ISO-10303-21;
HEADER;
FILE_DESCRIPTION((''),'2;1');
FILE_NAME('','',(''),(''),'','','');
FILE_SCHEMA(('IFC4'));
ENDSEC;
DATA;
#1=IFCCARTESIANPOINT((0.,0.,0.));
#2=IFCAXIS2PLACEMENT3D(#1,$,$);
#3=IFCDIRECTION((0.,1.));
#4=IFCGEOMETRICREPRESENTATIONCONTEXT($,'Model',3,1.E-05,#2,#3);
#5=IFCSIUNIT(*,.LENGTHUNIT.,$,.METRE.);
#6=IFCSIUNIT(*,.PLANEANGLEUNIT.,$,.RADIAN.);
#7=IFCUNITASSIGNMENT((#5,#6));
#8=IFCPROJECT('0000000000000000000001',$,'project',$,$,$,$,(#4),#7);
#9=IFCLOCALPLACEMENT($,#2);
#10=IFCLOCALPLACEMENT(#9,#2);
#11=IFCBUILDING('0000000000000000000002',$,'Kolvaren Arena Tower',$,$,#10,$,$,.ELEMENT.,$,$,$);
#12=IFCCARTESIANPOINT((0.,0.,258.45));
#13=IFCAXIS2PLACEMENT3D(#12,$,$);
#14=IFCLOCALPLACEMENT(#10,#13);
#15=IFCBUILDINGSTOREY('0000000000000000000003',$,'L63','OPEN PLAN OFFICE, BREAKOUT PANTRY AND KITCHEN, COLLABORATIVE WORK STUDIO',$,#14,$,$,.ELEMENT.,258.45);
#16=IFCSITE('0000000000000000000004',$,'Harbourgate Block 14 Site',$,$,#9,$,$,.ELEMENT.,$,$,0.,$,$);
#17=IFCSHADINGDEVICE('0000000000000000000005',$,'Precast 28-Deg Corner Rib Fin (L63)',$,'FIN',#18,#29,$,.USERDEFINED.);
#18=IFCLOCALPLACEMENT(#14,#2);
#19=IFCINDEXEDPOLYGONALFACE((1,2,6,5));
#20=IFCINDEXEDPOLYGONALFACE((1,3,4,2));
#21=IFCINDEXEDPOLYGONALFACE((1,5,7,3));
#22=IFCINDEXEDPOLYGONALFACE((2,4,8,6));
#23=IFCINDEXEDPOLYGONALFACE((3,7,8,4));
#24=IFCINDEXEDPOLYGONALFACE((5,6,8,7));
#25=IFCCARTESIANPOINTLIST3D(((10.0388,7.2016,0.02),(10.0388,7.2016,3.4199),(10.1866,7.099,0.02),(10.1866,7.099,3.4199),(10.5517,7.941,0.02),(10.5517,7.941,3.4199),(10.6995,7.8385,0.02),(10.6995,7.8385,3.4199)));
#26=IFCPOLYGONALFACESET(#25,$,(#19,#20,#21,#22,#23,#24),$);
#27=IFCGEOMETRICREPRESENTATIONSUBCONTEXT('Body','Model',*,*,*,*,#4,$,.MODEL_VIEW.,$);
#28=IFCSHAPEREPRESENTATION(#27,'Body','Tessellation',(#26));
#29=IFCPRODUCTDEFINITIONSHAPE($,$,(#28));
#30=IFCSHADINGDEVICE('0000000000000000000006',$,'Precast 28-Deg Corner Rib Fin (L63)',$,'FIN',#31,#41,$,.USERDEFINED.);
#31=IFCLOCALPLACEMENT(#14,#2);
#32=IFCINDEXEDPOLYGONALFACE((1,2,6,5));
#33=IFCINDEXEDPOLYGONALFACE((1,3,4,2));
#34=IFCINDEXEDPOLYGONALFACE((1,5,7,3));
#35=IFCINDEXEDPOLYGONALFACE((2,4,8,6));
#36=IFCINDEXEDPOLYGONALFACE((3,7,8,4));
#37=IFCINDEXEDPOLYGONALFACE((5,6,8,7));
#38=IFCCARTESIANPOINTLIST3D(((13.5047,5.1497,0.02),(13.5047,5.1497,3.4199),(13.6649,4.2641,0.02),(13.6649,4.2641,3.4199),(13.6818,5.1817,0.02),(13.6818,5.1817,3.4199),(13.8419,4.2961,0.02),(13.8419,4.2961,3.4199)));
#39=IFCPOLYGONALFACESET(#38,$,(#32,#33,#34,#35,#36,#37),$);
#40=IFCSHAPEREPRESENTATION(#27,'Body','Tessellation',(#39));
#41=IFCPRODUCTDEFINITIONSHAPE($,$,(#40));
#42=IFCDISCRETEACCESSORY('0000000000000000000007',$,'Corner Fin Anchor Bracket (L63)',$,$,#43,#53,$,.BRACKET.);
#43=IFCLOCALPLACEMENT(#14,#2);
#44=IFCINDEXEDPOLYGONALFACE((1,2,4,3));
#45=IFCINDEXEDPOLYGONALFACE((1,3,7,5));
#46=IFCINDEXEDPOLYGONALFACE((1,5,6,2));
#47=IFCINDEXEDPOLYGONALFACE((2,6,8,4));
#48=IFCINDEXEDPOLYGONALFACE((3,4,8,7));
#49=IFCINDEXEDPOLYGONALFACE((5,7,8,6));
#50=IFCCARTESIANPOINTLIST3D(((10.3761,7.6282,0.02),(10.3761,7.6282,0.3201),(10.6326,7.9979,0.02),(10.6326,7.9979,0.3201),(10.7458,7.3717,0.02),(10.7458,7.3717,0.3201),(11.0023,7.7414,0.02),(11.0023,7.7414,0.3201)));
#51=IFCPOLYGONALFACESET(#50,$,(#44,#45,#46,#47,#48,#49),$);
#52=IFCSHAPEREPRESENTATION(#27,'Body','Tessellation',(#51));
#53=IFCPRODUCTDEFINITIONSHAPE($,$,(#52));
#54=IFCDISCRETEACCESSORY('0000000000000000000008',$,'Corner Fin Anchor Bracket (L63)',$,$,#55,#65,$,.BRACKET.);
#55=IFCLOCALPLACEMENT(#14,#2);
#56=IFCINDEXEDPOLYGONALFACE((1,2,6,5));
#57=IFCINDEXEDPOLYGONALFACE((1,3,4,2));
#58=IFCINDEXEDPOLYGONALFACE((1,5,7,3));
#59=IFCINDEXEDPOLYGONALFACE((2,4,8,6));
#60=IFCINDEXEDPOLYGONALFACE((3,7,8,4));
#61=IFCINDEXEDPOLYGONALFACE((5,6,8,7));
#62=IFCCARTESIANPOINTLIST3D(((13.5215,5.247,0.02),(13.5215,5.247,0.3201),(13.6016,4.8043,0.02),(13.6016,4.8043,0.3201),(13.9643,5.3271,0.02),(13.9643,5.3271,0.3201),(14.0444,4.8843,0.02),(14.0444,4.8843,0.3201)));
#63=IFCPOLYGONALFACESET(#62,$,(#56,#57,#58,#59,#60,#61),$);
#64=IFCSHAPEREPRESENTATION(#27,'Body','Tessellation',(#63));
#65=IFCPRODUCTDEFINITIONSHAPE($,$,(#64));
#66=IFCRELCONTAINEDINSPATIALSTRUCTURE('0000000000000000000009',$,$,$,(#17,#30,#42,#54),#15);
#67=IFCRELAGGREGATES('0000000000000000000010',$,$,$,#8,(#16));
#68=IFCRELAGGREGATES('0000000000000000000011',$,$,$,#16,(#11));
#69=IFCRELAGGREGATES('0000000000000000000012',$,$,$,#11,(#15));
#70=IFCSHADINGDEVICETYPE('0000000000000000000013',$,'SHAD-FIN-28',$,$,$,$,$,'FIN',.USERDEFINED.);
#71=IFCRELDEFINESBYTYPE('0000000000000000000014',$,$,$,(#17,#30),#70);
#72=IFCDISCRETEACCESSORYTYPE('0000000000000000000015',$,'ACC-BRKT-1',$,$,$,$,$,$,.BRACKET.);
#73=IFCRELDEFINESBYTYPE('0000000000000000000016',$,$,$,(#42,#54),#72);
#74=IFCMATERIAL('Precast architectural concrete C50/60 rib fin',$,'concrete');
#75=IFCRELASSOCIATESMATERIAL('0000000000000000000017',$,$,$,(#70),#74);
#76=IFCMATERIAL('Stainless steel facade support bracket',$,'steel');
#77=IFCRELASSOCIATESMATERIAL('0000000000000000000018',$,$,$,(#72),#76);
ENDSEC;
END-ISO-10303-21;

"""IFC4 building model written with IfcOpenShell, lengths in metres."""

from ifc_helpers import new_model, si_unit, direction, frame, origin, origin_2d, place, context, subcontext, project, spatial, rectangle, extrude, material, type_object, element, save


model = new_model("IFC4")

# Units and contexts
model_context = context("Model", 3, precision=1e-05, world=origin(), true_north=direction((0.0, 1.0)))
body_context = subcontext(model_context, "Body", "Model", "MODEL_VIEW")
ifc_project = project(units=[si_unit("LENGTHUNIT", "METRE"), si_unit("PLANEANGLEUNIT", "RADIAN")], contexts=[model_context])

# Site, building, storey
site_placement = place(None, origin())
site = spatial("IfcSite", under=ifc_project, at=site_placement, Name="Harbourgate Block 14 Site", CompositionType="ELEMENT", RefElevation=0.0)
building_placement = place(site_placement, origin())
building = spatial("IfcBuilding", under=site, at=building_placement, Name="Kolvaren Arena Tower", CompositionType="ELEMENT")
storey_placement = place(building_placement, frame((0.0, 0.0, 258.45)))
storey = spatial("IfcBuildingStorey", under=building, at=storey_placement, Name="L63", Description="OPEN PLAN OFFICE, BREAKOUT PANTRY AND KITCHEN, COLLABORATIVE WORK STUDIO", CompositionType="ELEMENT", Elevation=258.45)

# Shading devices
ifc_material_1 = material(Name="Precast architectural concrete C50/60 rib fin", Category="concrete")
shading_device_type = type_object("IfcShadingDeviceType", Name="SHAD-FIN-28", ElementType="FIN", PredefinedType="USERDEFINED", material=ifc_material_1)
for number, where, z_axis, x_axis, name in (
    (1, (10.3691, 7.52, 0.02), (0.0, 0.0, 1.0), (-0.569965, -0.821669, 0.0), "Precast 28-Deg Corner Rib Fin (L63)"),
    (2, (13.6733, 4.7229, 0.02), (0.0, 0.0, 1.0), (0.177966, -0.984037, 0.0), "Precast 28-Deg Corner Rib Fin (L63)"),
):
    element("IfcShadingDevice", number, at=place(storey_placement, frame(where, z_axis=z_axis, x_axis=x_axis)), inside=storey, type_object=shading_device_type, Name=name, ObjectType="FIN", PredefinedType="USERDEFINED", context=body_context, shape_type="SweptSolid", body=[
        extrude(rectangle(XDim=0.8999, YDim=0.1799, at=origin_2d()), origin(), (0.0, 0.0, 1.0), 3.3999),
    ])

# Discrete accessories
ifc_material_2 = material(Name="Stainless steel facade support bracket", Category="steel")
discrete_accessory_type = type_object("IfcDiscreteAccessoryType", Name="ACC-BRKT-1", PredefinedType="BRACKET", material=ifc_material_2)
for number, where, z_axis, x_axis, name in (
    (3, (10.6892, 7.6848, 0.02), (0.0, 0.0, 1.0), (-0.569965, -0.821669, 0.0), "Corner Fin Anchor Bracket (L63)"),
    (4, (13.783, 5.0657, 0.02), (0.0, 0.0, 1.0), (0.177966, -0.984037, 0.0), "Corner Fin Anchor Bracket (L63)"),
):
    element("IfcDiscreteAccessory", number, at=place(storey_placement, frame(where, z_axis=z_axis, x_axis=x_axis)), inside=storey, type_object=discrete_accessory_type, Name=name, PredefinedType="BRACKET", context=body_context, shape_type="SweptSolid", body=[
        extrude(rectangle(XDim=0.45, YDim=0.45, at=origin_2d()), origin(), (0.0, 0.0, 1.0), 0.3),
    ])

save(model, "model.ifc")
